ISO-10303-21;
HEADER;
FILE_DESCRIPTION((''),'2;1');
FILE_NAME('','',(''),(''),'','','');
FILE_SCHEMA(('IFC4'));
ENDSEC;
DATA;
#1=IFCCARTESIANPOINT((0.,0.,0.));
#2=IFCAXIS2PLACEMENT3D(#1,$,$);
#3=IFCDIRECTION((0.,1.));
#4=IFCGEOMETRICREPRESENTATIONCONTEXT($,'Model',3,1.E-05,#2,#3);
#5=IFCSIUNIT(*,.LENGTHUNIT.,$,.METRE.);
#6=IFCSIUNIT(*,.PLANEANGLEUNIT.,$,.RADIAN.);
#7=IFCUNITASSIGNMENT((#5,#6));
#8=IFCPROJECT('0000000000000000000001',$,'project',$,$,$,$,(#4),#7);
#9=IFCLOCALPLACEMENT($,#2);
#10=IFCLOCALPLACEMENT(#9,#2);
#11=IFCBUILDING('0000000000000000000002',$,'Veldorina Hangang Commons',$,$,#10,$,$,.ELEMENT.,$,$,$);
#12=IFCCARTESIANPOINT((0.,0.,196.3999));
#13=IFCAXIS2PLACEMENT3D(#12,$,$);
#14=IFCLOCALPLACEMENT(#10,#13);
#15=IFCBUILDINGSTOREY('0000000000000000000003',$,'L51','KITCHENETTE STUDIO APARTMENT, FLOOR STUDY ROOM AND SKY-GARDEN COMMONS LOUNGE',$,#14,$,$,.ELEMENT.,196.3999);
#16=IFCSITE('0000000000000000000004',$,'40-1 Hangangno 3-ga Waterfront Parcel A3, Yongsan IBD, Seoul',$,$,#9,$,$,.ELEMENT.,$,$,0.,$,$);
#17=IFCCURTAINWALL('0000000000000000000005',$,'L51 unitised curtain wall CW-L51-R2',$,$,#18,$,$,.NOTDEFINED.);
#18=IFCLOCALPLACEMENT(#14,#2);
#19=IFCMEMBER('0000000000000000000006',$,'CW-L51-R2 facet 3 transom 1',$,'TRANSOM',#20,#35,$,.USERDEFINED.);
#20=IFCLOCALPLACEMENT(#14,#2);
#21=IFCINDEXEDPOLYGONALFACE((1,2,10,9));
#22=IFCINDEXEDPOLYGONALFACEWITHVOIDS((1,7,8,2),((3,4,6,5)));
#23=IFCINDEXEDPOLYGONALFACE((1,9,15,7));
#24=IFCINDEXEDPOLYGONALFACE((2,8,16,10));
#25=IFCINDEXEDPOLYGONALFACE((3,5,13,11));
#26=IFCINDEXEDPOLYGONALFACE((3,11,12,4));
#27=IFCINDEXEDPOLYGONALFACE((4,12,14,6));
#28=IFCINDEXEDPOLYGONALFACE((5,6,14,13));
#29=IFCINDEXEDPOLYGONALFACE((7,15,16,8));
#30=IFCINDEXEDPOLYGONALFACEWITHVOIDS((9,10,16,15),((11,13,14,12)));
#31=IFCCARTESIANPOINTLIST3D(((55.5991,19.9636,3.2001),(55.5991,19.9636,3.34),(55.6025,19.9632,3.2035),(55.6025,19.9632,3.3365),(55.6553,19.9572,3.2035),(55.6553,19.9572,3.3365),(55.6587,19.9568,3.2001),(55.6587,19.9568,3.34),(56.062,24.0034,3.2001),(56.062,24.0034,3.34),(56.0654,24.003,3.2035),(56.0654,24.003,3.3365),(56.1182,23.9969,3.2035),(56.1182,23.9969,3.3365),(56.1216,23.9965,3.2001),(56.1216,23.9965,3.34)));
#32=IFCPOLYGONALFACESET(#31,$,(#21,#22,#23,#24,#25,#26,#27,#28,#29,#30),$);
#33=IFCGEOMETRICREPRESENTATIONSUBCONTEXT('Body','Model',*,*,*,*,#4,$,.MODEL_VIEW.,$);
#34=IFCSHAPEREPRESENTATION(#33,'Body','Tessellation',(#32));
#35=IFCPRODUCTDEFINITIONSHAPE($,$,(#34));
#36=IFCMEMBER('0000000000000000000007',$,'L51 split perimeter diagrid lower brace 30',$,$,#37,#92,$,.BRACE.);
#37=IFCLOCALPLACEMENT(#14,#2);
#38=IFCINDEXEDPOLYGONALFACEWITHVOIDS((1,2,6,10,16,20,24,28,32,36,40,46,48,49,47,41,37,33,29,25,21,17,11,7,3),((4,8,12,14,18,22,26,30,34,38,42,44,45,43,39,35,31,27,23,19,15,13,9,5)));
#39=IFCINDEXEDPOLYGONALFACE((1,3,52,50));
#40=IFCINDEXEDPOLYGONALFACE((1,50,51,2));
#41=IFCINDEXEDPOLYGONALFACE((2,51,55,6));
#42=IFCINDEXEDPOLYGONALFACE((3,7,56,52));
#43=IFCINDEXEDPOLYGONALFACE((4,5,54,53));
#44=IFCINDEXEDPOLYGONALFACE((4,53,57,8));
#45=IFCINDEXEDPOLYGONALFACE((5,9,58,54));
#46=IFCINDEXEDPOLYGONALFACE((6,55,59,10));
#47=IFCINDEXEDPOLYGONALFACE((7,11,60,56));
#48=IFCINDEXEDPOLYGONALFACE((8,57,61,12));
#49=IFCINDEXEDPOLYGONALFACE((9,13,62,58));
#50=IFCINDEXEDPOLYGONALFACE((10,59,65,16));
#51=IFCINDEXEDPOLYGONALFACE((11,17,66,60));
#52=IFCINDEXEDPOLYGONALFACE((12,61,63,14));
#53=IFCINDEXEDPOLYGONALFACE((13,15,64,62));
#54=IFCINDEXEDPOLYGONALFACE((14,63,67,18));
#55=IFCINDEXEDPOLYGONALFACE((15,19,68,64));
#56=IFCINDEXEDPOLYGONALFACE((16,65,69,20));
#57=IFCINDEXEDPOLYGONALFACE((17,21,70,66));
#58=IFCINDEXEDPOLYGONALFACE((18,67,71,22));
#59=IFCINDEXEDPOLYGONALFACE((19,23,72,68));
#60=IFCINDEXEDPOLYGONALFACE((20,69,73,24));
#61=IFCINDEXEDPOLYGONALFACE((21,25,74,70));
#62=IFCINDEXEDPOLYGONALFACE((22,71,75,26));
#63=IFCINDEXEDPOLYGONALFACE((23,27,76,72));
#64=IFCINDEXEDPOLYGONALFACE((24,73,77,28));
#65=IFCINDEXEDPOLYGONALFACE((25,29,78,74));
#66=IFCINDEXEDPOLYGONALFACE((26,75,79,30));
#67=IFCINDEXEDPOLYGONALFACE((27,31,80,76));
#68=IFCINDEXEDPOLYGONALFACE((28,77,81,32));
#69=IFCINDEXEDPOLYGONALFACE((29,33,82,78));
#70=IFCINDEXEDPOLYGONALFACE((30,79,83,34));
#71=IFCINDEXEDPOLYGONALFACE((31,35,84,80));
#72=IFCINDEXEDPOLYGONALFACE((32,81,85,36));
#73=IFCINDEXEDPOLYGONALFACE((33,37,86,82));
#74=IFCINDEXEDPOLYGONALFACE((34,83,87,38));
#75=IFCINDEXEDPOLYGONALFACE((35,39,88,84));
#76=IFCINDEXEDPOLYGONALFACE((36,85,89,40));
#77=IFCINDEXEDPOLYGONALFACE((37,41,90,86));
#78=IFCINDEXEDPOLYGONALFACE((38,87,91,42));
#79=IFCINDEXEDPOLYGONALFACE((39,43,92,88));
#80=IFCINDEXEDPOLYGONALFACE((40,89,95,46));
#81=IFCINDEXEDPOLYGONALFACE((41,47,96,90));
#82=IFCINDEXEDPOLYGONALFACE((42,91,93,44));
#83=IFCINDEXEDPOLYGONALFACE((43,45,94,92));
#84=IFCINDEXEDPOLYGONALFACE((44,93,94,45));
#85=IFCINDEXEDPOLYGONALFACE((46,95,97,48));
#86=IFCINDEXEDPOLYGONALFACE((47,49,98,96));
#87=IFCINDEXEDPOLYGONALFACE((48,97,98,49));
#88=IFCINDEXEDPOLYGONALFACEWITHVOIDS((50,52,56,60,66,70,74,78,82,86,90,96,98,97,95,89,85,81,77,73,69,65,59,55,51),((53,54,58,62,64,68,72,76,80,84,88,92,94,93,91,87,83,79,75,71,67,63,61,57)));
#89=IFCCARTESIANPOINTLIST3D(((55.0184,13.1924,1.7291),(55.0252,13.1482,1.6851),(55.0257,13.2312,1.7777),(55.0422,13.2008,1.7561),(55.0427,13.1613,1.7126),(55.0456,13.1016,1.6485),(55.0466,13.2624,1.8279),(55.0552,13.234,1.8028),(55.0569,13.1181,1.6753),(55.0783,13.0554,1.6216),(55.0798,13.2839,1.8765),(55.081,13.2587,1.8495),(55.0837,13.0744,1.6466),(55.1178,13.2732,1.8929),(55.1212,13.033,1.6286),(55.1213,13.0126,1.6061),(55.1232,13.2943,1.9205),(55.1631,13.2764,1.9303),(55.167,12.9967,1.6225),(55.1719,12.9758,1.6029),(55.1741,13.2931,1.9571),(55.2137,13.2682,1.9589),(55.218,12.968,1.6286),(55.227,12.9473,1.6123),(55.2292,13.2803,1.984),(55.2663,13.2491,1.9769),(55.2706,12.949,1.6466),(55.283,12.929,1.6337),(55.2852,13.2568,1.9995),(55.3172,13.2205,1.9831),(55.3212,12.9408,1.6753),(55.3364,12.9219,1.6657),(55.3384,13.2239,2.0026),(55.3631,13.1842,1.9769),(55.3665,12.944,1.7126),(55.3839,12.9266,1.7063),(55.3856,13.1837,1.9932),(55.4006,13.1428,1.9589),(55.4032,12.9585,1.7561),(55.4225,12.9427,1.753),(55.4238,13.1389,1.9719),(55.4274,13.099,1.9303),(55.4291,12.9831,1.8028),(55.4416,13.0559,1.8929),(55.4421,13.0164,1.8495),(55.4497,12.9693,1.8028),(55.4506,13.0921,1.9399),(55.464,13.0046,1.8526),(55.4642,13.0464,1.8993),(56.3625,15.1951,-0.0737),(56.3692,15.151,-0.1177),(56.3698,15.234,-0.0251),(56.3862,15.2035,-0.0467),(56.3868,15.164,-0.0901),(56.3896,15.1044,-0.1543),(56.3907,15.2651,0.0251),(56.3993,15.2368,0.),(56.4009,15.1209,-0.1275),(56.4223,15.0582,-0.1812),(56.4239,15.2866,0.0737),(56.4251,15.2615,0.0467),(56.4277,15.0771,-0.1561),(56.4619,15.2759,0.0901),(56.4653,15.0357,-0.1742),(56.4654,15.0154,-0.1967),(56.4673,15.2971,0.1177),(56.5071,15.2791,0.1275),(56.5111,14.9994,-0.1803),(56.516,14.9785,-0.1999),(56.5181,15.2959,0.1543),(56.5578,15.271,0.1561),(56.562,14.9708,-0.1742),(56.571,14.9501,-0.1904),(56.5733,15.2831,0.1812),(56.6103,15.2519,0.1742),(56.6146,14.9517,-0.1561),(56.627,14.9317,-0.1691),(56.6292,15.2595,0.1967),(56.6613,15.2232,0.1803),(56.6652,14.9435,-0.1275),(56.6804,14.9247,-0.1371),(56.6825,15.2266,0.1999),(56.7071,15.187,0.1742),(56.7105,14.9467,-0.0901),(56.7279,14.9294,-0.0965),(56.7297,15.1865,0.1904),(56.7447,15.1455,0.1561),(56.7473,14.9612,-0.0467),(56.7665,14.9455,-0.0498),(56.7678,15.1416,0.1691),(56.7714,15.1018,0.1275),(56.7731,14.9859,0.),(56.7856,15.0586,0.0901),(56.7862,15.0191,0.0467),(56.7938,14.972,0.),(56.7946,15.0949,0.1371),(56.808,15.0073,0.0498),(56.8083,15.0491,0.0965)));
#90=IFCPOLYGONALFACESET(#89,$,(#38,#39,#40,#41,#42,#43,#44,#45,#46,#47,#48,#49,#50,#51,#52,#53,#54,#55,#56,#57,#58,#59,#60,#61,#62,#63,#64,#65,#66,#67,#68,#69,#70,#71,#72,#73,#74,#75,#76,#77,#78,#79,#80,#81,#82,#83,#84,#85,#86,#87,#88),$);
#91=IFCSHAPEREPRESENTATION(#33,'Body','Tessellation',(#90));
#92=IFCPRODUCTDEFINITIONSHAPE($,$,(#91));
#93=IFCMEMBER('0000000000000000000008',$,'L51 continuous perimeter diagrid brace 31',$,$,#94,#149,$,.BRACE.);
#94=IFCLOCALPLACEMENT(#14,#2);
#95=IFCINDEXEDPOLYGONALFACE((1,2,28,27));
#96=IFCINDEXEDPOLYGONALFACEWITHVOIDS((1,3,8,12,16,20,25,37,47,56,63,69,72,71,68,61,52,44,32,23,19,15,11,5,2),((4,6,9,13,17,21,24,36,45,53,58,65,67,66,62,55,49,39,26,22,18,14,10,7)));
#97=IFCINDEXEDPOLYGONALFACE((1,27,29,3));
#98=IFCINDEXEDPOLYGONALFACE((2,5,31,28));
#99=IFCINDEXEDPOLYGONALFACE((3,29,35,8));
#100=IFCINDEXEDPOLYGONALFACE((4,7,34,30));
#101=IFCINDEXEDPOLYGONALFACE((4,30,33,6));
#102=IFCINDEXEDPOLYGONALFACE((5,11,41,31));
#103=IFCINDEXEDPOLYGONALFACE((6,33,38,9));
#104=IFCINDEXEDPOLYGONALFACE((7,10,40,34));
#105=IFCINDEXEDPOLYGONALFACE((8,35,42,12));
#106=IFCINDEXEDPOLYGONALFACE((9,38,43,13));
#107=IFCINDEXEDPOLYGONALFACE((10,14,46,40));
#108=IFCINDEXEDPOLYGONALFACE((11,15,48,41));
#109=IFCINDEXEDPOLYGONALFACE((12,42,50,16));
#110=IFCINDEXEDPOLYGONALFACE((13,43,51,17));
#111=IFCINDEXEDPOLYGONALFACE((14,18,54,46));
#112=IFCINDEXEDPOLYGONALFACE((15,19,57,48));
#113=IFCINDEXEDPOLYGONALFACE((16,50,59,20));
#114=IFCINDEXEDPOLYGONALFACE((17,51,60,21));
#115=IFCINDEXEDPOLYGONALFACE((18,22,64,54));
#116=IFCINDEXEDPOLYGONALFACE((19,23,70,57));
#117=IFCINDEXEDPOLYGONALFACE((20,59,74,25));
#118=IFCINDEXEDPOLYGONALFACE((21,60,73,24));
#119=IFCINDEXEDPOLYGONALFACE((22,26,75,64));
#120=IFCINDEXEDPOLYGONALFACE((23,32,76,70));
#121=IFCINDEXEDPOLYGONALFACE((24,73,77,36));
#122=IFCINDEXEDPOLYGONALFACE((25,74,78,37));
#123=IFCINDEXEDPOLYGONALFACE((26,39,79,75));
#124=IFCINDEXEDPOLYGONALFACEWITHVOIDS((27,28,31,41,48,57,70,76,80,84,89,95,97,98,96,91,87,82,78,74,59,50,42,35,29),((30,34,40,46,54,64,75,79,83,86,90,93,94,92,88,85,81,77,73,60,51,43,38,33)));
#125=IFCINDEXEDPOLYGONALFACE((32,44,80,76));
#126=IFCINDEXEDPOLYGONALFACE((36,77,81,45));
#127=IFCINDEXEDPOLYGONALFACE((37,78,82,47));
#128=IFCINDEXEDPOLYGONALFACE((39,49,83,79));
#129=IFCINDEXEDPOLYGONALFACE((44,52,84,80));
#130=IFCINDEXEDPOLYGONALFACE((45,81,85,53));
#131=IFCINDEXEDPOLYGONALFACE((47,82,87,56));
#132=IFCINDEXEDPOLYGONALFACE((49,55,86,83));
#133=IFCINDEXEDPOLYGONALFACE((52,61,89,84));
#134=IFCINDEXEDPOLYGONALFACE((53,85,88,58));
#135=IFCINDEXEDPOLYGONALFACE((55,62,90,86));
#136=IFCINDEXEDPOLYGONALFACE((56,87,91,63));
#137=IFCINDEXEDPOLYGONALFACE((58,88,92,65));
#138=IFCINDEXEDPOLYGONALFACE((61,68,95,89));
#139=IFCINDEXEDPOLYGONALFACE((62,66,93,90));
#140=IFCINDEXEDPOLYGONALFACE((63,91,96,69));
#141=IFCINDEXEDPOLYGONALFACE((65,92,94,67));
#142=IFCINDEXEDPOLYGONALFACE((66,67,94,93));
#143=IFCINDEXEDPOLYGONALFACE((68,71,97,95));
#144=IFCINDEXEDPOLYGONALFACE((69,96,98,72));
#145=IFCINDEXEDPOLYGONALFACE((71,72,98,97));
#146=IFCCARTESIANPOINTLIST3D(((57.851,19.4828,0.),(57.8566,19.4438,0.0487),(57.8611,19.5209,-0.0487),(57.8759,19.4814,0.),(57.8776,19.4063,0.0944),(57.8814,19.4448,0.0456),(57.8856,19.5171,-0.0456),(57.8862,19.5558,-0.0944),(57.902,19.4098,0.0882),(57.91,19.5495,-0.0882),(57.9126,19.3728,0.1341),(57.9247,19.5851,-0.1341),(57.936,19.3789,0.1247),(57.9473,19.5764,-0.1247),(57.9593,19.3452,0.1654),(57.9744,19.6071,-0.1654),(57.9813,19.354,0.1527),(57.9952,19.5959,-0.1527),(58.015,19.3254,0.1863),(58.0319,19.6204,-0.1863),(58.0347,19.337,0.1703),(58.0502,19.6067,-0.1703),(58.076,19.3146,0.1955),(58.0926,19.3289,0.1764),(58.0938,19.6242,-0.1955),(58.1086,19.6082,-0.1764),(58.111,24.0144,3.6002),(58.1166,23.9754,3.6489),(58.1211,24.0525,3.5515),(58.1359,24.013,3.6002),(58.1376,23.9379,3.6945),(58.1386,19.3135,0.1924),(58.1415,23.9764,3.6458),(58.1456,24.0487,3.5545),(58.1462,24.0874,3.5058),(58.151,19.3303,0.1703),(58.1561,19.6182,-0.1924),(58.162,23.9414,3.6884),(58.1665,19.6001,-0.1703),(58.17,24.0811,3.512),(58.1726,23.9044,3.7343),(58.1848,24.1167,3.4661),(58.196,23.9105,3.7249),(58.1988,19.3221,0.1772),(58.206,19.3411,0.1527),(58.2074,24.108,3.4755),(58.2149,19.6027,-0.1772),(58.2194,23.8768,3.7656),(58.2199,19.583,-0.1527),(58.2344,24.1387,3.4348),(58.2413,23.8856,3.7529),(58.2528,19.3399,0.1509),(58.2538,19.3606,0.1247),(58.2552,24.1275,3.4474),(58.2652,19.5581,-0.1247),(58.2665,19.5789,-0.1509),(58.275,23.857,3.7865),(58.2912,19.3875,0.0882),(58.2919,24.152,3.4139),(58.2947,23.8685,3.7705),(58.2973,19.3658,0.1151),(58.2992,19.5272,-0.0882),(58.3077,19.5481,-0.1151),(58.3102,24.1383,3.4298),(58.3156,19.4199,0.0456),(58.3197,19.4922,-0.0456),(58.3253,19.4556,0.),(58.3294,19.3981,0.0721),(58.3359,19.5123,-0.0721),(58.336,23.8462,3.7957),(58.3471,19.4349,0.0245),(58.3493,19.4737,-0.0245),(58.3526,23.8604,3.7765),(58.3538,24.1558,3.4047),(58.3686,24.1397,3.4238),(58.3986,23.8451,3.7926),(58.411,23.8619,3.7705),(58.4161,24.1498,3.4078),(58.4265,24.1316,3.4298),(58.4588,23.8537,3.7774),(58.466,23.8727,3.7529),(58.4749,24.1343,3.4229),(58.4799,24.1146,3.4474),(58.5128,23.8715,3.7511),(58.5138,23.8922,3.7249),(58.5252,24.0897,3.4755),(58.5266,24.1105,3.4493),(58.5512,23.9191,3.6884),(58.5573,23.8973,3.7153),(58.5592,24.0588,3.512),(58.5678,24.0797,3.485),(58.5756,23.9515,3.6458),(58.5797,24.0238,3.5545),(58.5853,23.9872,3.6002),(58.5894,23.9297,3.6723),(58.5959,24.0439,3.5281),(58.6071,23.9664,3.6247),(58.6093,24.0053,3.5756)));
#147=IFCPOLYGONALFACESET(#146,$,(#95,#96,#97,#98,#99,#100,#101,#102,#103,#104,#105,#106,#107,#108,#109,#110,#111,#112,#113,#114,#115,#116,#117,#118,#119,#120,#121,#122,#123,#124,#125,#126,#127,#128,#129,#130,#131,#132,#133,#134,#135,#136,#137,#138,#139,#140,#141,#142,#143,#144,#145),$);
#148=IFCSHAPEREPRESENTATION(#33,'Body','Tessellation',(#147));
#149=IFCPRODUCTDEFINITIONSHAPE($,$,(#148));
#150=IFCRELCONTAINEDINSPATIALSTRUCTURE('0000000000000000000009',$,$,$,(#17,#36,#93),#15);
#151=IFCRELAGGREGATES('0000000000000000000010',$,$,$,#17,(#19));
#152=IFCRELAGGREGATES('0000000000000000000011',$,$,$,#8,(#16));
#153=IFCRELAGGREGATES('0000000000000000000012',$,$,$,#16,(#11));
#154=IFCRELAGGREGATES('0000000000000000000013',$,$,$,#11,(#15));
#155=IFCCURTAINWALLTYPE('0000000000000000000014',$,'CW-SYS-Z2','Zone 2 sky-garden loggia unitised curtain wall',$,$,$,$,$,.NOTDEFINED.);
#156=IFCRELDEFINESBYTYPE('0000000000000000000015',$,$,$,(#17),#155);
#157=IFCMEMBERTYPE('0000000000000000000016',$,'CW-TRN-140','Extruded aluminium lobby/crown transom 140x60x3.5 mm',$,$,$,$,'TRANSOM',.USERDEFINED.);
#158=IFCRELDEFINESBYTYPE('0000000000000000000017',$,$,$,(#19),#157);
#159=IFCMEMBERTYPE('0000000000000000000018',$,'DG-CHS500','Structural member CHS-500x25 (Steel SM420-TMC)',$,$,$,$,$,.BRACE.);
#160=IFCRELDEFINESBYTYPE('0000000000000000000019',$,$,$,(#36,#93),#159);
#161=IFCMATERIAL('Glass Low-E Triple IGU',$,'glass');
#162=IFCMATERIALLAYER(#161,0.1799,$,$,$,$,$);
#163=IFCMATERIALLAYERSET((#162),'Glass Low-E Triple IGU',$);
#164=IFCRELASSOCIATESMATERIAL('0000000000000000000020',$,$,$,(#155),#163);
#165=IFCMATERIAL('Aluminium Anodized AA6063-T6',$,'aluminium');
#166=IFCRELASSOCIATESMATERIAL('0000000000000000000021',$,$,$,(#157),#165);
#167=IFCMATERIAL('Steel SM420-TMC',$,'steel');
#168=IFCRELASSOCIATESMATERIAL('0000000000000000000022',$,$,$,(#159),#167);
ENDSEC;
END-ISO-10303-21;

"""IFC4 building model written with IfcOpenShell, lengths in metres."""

from ifc_helpers import new_model, si_unit, direction, frame, origin, origin_2d, place, context, subcontext, project, spatial, hollow_rectangle, hollow_circle, extrude, material, layer, layer_set, material_profile, profile_set, type_object, element, aggregate, save


model = new_model("IFC4")

# Units and contexts
model_context = context("Model", 3, precision=1e-05, world=origin(), true_north=direction((0.0, 1.0)))
body_context = subcontext(model_context, "Body", "Model", "MODEL_VIEW")
ifc_project = project(units=[si_unit("LENGTHUNIT", "METRE"), si_unit("PLANEANGLEUNIT", "RADIAN")], contexts=[model_context])

# Site, building, storey
site_placement = place(None, origin())
site = spatial("IfcSite", under=ifc_project, at=site_placement, Name="40-1 Hangangno 3-ga Waterfront Parcel A3, Yongsan IBD, Seoul", CompositionType="ELEMENT", RefElevation=0.0)
building_placement = place(site_placement, origin())
building = spatial("IfcBuilding", under=site, at=building_placement, Name="Veldorina Hangang Commons", CompositionType="ELEMENT")
storey_placement = place(building_placement, frame((0.0, 0.0, 196.3999)))
storey = spatial("IfcBuildingStorey", under=building, at=storey_placement, Name="L51", Description="KITCHENETTE STUDIO APARTMENT, FLOOR STUDY ROOM AND SKY-GARDEN COMMONS LOUNGE", CompositionType="ELEMENT", Elevation=196.3999)

# Shared definitions
ifc_material_1 = material(Name="Steel SM420-TMC", Category="steel")

# Curtain wall, member
ifc_material_2 = material(Name="Glass Low-E Triple IGU", Category="glass")
ifc_layer_1 = layer(ifc_material_2, 0.1799)
ifc_layer_set_1 = layer_set([ifc_layer_1], Name="Glass Low-E Triple IGU")
curtain_wall_type = type_object("IfcCurtainWallType", Name="CW-SYS-Z2", Description="Zone 2 sky-garden loggia unitised curtain wall", PredefinedType="NOTDEFINED", material=ifc_layer_set_1)
curtain_wall_placement = place(storey_placement, origin())
curtain_wall = element("IfcCurtainWall", 1, at=curtain_wall_placement, inside=storey, type_object=curtain_wall_type, Name="L51 unitised curtain wall CW-L51-R2", PredefinedType="NOTDEFINED")
ifc_material_3 = material(Name="Aluminium Anodized AA6063-T6", Category="aluminium")
ifc_material_profile_1 = material_profile(ifc_material_3, hollow_rectangle(XDim=0.0601, YDim=0.1399, WallThickness=0.0034, at=origin_2d()), Name="ALU-RHS-140x60x3.5")
ifc_profile_set_1 = profile_set([ifc_material_profile_1], Name="Aluminium Anodized AA6063-T6")
member_type_1 = type_object("IfcMemberType", Name="CW-TRN-140", Description="Extruded aluminium lobby/crown transom 140x60x3.5 mm", ElementType="TRANSOM", PredefinedType="USERDEFINED", material=ifc_profile_set_1)
member_1_placement = place(storey_placement, frame((55.6289, 19.9602, 3.27), z_axis=(0.113838, 0.993499, 0.0), x_axis=(-0.993499, 0.113838, 0.0)))
member_1 = element("IfcMember", 2, at=member_1_placement, type_object=member_type_1, Name="CW-L51-R2 facet 3 transom 1", ObjectType="TRANSOM", PredefinedType="USERDEFINED", context=body_context, shape_type="SweptSolid", body=[
    extrude(hollow_rectangle(XDim=0.0601, YDim=0.1399, WallThickness=0.0034, at=origin_2d()), origin(), (0.0, 0.0, 1.0), 4.0662),
])

# Members
ifc_material_profile_2 = material_profile(ifc_material_1, hollow_circle(Radius=0.25, WallThickness=0.0249, at=origin_2d()), Name="CHS-500x25")
ifc_profile_set_2 = profile_set([ifc_material_profile_2], Name="Steel SM420-TMC")
member_type_2 = type_object("IfcMemberType", Name="DG-CHS500", Description="Structural member CHS-500x25 (Steel SM420-TMC)", PredefinedType="BRACE", material=ifc_profile_set_2)
member_2_placement = place(storey_placement, frame((56.5862, 15.1113, 0.0), z_axis=(-0.446342, -0.665094, 0.59869), x_axis=(0.830349, -0.557244, 0.0)))
element("IfcMember", 3, at=member_2_placement, inside=storey, type_object=member_type_2, Name="L51 split perimeter diagrid lower brace 30", PredefinedType="BRACE", context=body_context, shape_type="SweptSolid", body=[
    extrude(hollow_circle(Radius=0.25, WallThickness=0.0249, at=origin_2d()), origin(), (0.0, 0.0, 1.0), 3.0112),
])
member_3_placement = place(storey_placement, frame((58.1006, 19.4685, 0.0), z_axis=(0.044881, 0.782191, 0.62142), x_axis=(-0.998358, 0.057284, 0.0)))
element("IfcMember", 4, at=member_3_placement, inside=storey, type_object=member_type_2, Name="L51 continuous perimeter diagrid brace 31", PredefinedType="BRACE", context=body_context, shape_type="SweptSolid", body=[
    extrude(hollow_circle(Radius=0.25, WallThickness=0.0249, at=origin_2d()), origin(), (0.0, 0.0, 1.0), 5.7935),
])

aggregate(curtain_wall, [member_1])

save(model, "model.ifc")
